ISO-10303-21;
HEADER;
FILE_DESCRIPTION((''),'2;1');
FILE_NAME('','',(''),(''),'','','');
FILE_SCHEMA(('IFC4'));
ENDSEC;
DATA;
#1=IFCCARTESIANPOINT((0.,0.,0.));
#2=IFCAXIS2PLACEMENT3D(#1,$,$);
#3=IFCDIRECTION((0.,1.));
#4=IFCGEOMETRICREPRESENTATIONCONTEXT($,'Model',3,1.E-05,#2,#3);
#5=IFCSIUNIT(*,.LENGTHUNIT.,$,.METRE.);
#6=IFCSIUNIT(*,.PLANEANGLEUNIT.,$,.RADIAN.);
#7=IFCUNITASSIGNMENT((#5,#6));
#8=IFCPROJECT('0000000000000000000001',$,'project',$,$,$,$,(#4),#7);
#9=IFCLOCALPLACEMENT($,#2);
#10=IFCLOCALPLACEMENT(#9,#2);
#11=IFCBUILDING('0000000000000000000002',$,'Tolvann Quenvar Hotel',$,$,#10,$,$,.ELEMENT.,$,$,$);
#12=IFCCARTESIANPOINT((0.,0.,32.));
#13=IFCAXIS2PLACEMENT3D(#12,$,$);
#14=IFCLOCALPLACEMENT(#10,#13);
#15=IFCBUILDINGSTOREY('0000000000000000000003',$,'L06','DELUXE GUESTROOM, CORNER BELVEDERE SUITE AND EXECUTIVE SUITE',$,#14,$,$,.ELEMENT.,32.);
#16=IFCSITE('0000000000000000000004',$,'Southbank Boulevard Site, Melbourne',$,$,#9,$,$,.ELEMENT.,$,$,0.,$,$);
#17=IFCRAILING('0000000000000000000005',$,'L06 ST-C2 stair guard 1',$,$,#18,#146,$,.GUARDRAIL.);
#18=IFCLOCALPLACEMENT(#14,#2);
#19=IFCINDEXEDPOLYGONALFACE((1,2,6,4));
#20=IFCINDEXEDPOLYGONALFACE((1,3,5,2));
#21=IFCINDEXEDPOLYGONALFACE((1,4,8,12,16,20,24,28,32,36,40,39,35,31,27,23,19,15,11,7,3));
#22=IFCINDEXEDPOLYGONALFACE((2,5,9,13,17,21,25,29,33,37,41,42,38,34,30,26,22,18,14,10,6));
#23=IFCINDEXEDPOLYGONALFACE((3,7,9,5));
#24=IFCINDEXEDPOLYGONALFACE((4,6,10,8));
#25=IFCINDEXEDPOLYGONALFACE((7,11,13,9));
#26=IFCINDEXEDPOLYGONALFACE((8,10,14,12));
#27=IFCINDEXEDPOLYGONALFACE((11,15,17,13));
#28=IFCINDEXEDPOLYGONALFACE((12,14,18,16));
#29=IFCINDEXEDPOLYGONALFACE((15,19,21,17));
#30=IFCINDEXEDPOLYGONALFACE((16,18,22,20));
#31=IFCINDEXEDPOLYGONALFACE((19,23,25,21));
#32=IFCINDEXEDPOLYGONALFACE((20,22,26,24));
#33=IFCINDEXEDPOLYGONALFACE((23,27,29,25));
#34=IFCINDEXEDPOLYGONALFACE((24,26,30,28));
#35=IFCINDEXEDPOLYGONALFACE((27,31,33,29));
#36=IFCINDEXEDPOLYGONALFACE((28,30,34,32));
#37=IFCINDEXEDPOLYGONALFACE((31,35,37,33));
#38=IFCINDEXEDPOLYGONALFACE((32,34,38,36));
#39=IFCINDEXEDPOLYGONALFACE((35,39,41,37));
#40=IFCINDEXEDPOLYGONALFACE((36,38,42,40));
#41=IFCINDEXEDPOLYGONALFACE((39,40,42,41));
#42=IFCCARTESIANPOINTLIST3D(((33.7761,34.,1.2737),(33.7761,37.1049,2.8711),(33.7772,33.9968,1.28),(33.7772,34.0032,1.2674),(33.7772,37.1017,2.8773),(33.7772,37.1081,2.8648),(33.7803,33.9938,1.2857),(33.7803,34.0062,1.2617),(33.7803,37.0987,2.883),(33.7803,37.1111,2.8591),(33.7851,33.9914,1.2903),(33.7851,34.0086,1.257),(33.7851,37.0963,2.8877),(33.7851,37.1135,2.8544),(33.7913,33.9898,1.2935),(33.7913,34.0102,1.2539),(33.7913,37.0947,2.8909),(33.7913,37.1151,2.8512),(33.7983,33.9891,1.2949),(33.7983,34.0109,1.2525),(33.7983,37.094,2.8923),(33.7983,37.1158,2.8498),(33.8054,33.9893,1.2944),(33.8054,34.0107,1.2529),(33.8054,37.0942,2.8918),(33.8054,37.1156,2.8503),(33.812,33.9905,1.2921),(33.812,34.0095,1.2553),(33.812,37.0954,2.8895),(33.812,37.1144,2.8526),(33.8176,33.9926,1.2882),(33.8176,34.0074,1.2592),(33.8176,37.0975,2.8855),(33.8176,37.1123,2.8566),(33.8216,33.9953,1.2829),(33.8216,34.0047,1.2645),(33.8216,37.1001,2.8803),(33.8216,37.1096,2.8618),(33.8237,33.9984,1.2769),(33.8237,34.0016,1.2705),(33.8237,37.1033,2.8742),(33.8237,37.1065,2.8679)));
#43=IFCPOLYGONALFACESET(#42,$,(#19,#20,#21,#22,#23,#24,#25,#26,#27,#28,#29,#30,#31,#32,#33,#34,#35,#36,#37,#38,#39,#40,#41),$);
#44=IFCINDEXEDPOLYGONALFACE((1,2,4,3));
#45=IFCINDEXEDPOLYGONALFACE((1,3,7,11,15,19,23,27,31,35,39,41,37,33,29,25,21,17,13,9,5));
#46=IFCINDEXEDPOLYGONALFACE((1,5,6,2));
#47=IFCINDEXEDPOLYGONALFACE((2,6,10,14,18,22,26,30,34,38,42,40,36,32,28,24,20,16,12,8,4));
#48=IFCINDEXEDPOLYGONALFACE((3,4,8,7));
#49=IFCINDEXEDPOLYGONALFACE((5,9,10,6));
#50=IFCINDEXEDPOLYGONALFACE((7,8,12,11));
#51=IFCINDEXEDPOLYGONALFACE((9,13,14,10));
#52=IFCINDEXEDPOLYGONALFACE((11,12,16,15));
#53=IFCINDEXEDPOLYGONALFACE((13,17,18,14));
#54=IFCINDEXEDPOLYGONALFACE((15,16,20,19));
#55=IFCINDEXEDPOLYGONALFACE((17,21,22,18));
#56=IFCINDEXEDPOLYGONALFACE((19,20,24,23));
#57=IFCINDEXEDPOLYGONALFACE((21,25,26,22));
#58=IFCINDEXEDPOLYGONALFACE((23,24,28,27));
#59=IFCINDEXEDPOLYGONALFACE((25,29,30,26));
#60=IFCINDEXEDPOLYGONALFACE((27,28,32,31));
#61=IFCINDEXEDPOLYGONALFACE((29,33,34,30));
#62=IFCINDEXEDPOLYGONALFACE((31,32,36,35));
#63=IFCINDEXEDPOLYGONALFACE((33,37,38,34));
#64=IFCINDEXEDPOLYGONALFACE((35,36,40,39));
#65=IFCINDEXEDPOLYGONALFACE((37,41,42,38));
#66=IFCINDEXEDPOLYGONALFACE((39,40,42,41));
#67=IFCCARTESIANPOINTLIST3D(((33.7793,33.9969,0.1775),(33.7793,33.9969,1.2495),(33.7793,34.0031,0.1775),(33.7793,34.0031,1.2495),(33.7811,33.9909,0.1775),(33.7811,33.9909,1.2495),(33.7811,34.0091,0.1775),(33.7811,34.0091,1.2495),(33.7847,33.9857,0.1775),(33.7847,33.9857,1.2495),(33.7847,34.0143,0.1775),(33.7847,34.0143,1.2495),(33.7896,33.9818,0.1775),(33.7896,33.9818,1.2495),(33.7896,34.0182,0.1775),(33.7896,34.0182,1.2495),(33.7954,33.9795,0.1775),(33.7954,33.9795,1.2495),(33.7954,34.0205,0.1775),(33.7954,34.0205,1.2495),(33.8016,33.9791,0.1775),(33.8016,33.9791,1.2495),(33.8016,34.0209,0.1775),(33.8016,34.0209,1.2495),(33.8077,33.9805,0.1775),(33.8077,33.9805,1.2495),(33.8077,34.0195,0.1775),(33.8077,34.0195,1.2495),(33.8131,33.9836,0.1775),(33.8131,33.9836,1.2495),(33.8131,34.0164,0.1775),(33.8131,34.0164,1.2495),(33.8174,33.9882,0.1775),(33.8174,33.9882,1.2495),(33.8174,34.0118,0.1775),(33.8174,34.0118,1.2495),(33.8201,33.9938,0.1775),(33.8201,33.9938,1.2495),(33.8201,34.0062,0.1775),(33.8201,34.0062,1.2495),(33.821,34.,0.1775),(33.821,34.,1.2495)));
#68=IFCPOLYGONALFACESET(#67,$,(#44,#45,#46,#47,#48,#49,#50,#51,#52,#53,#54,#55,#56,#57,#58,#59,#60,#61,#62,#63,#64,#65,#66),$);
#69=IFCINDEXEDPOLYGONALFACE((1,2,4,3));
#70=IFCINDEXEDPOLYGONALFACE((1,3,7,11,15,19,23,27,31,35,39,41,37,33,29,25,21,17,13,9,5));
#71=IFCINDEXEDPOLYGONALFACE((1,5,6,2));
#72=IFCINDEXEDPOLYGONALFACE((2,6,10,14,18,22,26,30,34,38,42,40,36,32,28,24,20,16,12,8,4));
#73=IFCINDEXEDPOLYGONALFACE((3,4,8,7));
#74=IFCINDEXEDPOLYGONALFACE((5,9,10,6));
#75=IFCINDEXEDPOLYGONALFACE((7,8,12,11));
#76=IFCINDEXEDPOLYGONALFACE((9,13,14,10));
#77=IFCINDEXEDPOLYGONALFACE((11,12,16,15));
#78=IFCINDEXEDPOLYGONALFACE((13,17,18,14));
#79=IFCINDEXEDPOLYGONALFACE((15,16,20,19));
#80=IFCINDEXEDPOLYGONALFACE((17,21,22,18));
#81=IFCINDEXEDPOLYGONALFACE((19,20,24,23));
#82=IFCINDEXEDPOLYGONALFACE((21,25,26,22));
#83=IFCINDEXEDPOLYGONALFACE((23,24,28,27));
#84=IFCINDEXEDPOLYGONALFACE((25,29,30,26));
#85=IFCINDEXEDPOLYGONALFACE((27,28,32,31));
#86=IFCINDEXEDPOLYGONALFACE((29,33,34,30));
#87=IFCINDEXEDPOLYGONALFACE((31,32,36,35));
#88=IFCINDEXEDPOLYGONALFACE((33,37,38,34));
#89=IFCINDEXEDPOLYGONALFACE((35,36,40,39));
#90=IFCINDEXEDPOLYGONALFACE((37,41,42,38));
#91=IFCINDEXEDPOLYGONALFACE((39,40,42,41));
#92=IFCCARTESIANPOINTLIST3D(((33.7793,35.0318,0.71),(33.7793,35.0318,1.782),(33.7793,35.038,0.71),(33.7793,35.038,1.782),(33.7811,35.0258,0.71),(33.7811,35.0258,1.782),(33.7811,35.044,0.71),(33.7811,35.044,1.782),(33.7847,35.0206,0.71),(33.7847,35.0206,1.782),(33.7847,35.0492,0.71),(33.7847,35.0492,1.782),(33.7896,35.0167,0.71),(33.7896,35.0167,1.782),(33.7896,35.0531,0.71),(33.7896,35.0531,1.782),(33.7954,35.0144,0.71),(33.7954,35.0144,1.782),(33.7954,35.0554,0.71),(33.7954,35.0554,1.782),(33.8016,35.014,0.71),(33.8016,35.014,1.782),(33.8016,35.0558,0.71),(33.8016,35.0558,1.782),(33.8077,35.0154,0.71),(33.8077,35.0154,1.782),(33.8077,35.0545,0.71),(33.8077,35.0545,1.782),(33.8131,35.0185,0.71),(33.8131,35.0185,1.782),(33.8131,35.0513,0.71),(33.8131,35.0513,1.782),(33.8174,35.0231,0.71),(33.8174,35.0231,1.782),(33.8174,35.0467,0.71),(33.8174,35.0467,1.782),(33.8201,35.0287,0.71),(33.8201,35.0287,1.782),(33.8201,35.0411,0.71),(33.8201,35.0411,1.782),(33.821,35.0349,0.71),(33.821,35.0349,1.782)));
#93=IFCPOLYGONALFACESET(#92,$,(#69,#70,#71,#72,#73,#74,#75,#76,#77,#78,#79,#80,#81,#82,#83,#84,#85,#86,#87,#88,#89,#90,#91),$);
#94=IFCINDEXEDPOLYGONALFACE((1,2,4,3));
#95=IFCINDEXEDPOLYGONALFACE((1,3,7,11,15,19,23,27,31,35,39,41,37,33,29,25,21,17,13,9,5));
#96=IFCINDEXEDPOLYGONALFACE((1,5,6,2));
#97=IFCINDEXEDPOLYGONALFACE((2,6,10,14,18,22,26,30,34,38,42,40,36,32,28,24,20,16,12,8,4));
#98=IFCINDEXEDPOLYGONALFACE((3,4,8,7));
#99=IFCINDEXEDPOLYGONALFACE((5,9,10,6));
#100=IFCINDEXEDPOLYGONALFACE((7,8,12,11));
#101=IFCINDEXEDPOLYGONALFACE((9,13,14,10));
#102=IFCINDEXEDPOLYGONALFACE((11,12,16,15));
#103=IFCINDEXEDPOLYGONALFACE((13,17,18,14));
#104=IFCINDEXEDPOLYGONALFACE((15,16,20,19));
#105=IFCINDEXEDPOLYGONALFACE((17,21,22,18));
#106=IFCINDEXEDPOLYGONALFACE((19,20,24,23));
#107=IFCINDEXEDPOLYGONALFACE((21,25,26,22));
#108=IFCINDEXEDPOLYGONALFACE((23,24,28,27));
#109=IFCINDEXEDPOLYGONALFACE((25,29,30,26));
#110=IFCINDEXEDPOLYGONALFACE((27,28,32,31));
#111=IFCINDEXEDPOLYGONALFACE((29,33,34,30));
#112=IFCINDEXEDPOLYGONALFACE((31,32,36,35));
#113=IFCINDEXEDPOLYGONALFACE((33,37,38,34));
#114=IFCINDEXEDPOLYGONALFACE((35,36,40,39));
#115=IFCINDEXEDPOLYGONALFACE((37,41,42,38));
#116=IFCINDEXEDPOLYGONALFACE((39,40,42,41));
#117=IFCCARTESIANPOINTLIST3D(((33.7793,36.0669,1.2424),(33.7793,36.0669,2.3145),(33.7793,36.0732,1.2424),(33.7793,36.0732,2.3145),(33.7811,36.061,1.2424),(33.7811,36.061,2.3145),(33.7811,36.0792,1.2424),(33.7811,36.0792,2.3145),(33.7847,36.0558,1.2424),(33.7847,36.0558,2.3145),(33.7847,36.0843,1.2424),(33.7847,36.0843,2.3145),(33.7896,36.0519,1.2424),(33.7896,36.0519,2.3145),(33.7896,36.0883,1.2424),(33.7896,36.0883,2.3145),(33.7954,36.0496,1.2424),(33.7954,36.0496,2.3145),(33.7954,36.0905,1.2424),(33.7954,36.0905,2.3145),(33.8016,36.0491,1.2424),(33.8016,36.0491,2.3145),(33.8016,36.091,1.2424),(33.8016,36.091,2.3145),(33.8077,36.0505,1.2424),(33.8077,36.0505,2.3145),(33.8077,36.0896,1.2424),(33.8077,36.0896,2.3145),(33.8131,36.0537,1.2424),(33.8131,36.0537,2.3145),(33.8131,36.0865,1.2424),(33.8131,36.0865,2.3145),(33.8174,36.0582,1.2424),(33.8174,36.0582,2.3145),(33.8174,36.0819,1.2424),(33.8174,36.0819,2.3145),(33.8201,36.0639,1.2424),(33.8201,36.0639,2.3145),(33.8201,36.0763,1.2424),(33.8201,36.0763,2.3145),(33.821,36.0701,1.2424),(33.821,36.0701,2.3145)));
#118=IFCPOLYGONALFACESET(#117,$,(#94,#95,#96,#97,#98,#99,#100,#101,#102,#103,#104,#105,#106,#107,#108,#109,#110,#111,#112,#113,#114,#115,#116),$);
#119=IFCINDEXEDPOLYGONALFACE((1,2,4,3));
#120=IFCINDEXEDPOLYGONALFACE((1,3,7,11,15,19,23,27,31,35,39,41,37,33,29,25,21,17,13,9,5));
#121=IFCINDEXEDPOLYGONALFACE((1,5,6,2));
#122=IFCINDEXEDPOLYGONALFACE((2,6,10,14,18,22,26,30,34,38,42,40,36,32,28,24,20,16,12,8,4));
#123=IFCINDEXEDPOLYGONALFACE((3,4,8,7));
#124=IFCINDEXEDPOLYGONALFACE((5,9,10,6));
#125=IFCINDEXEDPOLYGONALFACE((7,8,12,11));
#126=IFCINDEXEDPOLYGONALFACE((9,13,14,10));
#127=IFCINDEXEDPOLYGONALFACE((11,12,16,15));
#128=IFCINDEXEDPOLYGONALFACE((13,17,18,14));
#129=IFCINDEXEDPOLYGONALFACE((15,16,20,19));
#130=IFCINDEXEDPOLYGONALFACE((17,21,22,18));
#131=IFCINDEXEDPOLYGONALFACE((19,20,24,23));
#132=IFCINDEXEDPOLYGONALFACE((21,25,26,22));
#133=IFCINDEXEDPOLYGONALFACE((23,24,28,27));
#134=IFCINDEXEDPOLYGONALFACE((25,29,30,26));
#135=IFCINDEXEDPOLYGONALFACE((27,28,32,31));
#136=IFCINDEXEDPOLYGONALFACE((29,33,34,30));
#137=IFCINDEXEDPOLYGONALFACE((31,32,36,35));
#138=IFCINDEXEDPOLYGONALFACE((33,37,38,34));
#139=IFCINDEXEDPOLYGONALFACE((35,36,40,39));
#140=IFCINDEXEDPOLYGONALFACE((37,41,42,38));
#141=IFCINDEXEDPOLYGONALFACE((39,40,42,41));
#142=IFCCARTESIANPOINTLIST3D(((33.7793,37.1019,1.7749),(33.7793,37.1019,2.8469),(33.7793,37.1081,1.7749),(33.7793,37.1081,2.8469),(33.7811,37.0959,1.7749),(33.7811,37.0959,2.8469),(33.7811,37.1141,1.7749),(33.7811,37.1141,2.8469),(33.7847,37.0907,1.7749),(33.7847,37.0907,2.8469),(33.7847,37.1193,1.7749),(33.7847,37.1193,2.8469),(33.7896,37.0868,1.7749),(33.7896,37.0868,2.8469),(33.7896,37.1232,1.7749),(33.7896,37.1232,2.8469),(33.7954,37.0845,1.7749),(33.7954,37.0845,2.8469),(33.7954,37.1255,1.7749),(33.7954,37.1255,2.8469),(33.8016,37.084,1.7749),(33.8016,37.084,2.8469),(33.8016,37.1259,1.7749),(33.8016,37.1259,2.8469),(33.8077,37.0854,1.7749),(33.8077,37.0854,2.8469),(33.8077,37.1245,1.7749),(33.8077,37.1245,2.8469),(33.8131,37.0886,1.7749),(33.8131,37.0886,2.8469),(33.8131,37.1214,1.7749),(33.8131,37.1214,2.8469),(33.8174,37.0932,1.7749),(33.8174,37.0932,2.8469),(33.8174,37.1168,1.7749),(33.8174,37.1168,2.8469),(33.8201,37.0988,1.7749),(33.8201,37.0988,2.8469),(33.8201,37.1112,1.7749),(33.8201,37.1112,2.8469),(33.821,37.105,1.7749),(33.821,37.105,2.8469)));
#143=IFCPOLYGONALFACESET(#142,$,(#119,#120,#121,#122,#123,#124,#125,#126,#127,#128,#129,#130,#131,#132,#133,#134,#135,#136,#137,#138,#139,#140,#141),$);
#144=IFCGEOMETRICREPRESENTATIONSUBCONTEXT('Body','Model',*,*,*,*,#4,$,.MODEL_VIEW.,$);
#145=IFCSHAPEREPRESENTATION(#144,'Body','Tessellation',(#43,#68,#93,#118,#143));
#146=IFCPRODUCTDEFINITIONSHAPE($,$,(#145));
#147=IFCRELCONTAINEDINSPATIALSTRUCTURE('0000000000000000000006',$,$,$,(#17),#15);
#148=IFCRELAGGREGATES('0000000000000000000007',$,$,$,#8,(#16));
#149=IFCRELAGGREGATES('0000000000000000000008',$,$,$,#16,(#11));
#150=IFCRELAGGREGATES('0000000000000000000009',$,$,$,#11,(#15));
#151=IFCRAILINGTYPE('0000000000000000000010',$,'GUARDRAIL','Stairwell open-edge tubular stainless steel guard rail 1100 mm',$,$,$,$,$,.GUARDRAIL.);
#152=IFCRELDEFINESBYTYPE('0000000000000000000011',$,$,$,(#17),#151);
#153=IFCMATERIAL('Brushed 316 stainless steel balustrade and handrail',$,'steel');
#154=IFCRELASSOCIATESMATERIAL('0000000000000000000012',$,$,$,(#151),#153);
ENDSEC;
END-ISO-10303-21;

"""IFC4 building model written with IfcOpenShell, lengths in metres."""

from ifc_helpers import new_model, si_unit, direction, frame, origin, origin_2d, place, context, subcontext, project, spatial, circle, extrude, material, type_object, element, save


model = new_model("IFC4")

# Units and contexts
model_context = context("Model", 3, precision=1e-05, world=origin(), true_north=direction((0.0, 1.0)))
body_context = subcontext(model_context, "Body", "Model", "MODEL_VIEW")
ifc_project = project(units=[si_unit("LENGTHUNIT", "METRE"), si_unit("PLANEANGLEUNIT", "RADIAN")], contexts=[model_context])

# Site, building, storey
site_placement = place(None, origin())
site = spatial("IfcSite", under=ifc_project, at=site_placement, Name="Southbank Boulevard Site, Melbourne", CompositionType="ELEMENT", RefElevation=0.0)
building_placement = place(site_placement, origin())
building = spatial("IfcBuilding", under=site, at=building_placement, Name="Tolvann Quenvar Hotel", CompositionType="ELEMENT")
storey_placement = place(building_placement, frame((0.0, 0.0, 32.0)))
storey = spatial("IfcBuildingStorey", under=building, at=storey_placement, Name="L06", Description="DELUXE GUESTROOM, CORNER BELVEDERE SUITE AND EXECUTIVE SUITE", CompositionType="ELEMENT", Elevation=32.0)

# Railing
ifc_material_1 = material(Name="Brushed 316 stainless steel balustrade and handrail", Category="steel")
railing_type_1 = type_object("IfcRailingType", Name="GUARDRAIL", Description="Stairwell open-edge tubular stainless steel guard rail 1100 mm", PredefinedType="GUARDRAIL", material=ifc_material_1)
railing_1_placement = place(storey_placement, frame((33.8, 34.0, 0.1775)))
element("IfcRailing", 1, at=railing_1_placement, inside=storey, type_object=railing_type_1, Name="L06 ST-C2 stair guard 1", PredefinedType="GUARDRAIL", context=body_context, shape_type="SweptSolid", body=[
    extrude(circle(Radius=0.0239, at=origin_2d()), frame((0.0, 0.0, 1.0962), z_axis=(0.0, 0.889222, 0.457476), x_axis=(-1.0, 0.0, 0.0)), (0.0, 0.0, 1.0), 3.4917),
    extrude(circle(Radius=0.021, at=origin_2d()), origin(), (0.0, 0.0, 1.0), 1.072),
    extrude(circle(Radius=0.021, at=origin_2d()), frame((0.0, 1.0349, 0.5325)), (0.0, 0.0, 1.0), 1.072),
    extrude(circle(Radius=0.021, at=origin_2d()), frame((0.0, 2.0701, 1.0649)), (0.0, 0.0, 1.0), 1.072),
    extrude(circle(Radius=0.021, at=origin_2d()), frame((0.0, 3.105, 1.5974)), (0.0, 0.0, 1.0), 1.072),
])

save(model, "model.ifc")
